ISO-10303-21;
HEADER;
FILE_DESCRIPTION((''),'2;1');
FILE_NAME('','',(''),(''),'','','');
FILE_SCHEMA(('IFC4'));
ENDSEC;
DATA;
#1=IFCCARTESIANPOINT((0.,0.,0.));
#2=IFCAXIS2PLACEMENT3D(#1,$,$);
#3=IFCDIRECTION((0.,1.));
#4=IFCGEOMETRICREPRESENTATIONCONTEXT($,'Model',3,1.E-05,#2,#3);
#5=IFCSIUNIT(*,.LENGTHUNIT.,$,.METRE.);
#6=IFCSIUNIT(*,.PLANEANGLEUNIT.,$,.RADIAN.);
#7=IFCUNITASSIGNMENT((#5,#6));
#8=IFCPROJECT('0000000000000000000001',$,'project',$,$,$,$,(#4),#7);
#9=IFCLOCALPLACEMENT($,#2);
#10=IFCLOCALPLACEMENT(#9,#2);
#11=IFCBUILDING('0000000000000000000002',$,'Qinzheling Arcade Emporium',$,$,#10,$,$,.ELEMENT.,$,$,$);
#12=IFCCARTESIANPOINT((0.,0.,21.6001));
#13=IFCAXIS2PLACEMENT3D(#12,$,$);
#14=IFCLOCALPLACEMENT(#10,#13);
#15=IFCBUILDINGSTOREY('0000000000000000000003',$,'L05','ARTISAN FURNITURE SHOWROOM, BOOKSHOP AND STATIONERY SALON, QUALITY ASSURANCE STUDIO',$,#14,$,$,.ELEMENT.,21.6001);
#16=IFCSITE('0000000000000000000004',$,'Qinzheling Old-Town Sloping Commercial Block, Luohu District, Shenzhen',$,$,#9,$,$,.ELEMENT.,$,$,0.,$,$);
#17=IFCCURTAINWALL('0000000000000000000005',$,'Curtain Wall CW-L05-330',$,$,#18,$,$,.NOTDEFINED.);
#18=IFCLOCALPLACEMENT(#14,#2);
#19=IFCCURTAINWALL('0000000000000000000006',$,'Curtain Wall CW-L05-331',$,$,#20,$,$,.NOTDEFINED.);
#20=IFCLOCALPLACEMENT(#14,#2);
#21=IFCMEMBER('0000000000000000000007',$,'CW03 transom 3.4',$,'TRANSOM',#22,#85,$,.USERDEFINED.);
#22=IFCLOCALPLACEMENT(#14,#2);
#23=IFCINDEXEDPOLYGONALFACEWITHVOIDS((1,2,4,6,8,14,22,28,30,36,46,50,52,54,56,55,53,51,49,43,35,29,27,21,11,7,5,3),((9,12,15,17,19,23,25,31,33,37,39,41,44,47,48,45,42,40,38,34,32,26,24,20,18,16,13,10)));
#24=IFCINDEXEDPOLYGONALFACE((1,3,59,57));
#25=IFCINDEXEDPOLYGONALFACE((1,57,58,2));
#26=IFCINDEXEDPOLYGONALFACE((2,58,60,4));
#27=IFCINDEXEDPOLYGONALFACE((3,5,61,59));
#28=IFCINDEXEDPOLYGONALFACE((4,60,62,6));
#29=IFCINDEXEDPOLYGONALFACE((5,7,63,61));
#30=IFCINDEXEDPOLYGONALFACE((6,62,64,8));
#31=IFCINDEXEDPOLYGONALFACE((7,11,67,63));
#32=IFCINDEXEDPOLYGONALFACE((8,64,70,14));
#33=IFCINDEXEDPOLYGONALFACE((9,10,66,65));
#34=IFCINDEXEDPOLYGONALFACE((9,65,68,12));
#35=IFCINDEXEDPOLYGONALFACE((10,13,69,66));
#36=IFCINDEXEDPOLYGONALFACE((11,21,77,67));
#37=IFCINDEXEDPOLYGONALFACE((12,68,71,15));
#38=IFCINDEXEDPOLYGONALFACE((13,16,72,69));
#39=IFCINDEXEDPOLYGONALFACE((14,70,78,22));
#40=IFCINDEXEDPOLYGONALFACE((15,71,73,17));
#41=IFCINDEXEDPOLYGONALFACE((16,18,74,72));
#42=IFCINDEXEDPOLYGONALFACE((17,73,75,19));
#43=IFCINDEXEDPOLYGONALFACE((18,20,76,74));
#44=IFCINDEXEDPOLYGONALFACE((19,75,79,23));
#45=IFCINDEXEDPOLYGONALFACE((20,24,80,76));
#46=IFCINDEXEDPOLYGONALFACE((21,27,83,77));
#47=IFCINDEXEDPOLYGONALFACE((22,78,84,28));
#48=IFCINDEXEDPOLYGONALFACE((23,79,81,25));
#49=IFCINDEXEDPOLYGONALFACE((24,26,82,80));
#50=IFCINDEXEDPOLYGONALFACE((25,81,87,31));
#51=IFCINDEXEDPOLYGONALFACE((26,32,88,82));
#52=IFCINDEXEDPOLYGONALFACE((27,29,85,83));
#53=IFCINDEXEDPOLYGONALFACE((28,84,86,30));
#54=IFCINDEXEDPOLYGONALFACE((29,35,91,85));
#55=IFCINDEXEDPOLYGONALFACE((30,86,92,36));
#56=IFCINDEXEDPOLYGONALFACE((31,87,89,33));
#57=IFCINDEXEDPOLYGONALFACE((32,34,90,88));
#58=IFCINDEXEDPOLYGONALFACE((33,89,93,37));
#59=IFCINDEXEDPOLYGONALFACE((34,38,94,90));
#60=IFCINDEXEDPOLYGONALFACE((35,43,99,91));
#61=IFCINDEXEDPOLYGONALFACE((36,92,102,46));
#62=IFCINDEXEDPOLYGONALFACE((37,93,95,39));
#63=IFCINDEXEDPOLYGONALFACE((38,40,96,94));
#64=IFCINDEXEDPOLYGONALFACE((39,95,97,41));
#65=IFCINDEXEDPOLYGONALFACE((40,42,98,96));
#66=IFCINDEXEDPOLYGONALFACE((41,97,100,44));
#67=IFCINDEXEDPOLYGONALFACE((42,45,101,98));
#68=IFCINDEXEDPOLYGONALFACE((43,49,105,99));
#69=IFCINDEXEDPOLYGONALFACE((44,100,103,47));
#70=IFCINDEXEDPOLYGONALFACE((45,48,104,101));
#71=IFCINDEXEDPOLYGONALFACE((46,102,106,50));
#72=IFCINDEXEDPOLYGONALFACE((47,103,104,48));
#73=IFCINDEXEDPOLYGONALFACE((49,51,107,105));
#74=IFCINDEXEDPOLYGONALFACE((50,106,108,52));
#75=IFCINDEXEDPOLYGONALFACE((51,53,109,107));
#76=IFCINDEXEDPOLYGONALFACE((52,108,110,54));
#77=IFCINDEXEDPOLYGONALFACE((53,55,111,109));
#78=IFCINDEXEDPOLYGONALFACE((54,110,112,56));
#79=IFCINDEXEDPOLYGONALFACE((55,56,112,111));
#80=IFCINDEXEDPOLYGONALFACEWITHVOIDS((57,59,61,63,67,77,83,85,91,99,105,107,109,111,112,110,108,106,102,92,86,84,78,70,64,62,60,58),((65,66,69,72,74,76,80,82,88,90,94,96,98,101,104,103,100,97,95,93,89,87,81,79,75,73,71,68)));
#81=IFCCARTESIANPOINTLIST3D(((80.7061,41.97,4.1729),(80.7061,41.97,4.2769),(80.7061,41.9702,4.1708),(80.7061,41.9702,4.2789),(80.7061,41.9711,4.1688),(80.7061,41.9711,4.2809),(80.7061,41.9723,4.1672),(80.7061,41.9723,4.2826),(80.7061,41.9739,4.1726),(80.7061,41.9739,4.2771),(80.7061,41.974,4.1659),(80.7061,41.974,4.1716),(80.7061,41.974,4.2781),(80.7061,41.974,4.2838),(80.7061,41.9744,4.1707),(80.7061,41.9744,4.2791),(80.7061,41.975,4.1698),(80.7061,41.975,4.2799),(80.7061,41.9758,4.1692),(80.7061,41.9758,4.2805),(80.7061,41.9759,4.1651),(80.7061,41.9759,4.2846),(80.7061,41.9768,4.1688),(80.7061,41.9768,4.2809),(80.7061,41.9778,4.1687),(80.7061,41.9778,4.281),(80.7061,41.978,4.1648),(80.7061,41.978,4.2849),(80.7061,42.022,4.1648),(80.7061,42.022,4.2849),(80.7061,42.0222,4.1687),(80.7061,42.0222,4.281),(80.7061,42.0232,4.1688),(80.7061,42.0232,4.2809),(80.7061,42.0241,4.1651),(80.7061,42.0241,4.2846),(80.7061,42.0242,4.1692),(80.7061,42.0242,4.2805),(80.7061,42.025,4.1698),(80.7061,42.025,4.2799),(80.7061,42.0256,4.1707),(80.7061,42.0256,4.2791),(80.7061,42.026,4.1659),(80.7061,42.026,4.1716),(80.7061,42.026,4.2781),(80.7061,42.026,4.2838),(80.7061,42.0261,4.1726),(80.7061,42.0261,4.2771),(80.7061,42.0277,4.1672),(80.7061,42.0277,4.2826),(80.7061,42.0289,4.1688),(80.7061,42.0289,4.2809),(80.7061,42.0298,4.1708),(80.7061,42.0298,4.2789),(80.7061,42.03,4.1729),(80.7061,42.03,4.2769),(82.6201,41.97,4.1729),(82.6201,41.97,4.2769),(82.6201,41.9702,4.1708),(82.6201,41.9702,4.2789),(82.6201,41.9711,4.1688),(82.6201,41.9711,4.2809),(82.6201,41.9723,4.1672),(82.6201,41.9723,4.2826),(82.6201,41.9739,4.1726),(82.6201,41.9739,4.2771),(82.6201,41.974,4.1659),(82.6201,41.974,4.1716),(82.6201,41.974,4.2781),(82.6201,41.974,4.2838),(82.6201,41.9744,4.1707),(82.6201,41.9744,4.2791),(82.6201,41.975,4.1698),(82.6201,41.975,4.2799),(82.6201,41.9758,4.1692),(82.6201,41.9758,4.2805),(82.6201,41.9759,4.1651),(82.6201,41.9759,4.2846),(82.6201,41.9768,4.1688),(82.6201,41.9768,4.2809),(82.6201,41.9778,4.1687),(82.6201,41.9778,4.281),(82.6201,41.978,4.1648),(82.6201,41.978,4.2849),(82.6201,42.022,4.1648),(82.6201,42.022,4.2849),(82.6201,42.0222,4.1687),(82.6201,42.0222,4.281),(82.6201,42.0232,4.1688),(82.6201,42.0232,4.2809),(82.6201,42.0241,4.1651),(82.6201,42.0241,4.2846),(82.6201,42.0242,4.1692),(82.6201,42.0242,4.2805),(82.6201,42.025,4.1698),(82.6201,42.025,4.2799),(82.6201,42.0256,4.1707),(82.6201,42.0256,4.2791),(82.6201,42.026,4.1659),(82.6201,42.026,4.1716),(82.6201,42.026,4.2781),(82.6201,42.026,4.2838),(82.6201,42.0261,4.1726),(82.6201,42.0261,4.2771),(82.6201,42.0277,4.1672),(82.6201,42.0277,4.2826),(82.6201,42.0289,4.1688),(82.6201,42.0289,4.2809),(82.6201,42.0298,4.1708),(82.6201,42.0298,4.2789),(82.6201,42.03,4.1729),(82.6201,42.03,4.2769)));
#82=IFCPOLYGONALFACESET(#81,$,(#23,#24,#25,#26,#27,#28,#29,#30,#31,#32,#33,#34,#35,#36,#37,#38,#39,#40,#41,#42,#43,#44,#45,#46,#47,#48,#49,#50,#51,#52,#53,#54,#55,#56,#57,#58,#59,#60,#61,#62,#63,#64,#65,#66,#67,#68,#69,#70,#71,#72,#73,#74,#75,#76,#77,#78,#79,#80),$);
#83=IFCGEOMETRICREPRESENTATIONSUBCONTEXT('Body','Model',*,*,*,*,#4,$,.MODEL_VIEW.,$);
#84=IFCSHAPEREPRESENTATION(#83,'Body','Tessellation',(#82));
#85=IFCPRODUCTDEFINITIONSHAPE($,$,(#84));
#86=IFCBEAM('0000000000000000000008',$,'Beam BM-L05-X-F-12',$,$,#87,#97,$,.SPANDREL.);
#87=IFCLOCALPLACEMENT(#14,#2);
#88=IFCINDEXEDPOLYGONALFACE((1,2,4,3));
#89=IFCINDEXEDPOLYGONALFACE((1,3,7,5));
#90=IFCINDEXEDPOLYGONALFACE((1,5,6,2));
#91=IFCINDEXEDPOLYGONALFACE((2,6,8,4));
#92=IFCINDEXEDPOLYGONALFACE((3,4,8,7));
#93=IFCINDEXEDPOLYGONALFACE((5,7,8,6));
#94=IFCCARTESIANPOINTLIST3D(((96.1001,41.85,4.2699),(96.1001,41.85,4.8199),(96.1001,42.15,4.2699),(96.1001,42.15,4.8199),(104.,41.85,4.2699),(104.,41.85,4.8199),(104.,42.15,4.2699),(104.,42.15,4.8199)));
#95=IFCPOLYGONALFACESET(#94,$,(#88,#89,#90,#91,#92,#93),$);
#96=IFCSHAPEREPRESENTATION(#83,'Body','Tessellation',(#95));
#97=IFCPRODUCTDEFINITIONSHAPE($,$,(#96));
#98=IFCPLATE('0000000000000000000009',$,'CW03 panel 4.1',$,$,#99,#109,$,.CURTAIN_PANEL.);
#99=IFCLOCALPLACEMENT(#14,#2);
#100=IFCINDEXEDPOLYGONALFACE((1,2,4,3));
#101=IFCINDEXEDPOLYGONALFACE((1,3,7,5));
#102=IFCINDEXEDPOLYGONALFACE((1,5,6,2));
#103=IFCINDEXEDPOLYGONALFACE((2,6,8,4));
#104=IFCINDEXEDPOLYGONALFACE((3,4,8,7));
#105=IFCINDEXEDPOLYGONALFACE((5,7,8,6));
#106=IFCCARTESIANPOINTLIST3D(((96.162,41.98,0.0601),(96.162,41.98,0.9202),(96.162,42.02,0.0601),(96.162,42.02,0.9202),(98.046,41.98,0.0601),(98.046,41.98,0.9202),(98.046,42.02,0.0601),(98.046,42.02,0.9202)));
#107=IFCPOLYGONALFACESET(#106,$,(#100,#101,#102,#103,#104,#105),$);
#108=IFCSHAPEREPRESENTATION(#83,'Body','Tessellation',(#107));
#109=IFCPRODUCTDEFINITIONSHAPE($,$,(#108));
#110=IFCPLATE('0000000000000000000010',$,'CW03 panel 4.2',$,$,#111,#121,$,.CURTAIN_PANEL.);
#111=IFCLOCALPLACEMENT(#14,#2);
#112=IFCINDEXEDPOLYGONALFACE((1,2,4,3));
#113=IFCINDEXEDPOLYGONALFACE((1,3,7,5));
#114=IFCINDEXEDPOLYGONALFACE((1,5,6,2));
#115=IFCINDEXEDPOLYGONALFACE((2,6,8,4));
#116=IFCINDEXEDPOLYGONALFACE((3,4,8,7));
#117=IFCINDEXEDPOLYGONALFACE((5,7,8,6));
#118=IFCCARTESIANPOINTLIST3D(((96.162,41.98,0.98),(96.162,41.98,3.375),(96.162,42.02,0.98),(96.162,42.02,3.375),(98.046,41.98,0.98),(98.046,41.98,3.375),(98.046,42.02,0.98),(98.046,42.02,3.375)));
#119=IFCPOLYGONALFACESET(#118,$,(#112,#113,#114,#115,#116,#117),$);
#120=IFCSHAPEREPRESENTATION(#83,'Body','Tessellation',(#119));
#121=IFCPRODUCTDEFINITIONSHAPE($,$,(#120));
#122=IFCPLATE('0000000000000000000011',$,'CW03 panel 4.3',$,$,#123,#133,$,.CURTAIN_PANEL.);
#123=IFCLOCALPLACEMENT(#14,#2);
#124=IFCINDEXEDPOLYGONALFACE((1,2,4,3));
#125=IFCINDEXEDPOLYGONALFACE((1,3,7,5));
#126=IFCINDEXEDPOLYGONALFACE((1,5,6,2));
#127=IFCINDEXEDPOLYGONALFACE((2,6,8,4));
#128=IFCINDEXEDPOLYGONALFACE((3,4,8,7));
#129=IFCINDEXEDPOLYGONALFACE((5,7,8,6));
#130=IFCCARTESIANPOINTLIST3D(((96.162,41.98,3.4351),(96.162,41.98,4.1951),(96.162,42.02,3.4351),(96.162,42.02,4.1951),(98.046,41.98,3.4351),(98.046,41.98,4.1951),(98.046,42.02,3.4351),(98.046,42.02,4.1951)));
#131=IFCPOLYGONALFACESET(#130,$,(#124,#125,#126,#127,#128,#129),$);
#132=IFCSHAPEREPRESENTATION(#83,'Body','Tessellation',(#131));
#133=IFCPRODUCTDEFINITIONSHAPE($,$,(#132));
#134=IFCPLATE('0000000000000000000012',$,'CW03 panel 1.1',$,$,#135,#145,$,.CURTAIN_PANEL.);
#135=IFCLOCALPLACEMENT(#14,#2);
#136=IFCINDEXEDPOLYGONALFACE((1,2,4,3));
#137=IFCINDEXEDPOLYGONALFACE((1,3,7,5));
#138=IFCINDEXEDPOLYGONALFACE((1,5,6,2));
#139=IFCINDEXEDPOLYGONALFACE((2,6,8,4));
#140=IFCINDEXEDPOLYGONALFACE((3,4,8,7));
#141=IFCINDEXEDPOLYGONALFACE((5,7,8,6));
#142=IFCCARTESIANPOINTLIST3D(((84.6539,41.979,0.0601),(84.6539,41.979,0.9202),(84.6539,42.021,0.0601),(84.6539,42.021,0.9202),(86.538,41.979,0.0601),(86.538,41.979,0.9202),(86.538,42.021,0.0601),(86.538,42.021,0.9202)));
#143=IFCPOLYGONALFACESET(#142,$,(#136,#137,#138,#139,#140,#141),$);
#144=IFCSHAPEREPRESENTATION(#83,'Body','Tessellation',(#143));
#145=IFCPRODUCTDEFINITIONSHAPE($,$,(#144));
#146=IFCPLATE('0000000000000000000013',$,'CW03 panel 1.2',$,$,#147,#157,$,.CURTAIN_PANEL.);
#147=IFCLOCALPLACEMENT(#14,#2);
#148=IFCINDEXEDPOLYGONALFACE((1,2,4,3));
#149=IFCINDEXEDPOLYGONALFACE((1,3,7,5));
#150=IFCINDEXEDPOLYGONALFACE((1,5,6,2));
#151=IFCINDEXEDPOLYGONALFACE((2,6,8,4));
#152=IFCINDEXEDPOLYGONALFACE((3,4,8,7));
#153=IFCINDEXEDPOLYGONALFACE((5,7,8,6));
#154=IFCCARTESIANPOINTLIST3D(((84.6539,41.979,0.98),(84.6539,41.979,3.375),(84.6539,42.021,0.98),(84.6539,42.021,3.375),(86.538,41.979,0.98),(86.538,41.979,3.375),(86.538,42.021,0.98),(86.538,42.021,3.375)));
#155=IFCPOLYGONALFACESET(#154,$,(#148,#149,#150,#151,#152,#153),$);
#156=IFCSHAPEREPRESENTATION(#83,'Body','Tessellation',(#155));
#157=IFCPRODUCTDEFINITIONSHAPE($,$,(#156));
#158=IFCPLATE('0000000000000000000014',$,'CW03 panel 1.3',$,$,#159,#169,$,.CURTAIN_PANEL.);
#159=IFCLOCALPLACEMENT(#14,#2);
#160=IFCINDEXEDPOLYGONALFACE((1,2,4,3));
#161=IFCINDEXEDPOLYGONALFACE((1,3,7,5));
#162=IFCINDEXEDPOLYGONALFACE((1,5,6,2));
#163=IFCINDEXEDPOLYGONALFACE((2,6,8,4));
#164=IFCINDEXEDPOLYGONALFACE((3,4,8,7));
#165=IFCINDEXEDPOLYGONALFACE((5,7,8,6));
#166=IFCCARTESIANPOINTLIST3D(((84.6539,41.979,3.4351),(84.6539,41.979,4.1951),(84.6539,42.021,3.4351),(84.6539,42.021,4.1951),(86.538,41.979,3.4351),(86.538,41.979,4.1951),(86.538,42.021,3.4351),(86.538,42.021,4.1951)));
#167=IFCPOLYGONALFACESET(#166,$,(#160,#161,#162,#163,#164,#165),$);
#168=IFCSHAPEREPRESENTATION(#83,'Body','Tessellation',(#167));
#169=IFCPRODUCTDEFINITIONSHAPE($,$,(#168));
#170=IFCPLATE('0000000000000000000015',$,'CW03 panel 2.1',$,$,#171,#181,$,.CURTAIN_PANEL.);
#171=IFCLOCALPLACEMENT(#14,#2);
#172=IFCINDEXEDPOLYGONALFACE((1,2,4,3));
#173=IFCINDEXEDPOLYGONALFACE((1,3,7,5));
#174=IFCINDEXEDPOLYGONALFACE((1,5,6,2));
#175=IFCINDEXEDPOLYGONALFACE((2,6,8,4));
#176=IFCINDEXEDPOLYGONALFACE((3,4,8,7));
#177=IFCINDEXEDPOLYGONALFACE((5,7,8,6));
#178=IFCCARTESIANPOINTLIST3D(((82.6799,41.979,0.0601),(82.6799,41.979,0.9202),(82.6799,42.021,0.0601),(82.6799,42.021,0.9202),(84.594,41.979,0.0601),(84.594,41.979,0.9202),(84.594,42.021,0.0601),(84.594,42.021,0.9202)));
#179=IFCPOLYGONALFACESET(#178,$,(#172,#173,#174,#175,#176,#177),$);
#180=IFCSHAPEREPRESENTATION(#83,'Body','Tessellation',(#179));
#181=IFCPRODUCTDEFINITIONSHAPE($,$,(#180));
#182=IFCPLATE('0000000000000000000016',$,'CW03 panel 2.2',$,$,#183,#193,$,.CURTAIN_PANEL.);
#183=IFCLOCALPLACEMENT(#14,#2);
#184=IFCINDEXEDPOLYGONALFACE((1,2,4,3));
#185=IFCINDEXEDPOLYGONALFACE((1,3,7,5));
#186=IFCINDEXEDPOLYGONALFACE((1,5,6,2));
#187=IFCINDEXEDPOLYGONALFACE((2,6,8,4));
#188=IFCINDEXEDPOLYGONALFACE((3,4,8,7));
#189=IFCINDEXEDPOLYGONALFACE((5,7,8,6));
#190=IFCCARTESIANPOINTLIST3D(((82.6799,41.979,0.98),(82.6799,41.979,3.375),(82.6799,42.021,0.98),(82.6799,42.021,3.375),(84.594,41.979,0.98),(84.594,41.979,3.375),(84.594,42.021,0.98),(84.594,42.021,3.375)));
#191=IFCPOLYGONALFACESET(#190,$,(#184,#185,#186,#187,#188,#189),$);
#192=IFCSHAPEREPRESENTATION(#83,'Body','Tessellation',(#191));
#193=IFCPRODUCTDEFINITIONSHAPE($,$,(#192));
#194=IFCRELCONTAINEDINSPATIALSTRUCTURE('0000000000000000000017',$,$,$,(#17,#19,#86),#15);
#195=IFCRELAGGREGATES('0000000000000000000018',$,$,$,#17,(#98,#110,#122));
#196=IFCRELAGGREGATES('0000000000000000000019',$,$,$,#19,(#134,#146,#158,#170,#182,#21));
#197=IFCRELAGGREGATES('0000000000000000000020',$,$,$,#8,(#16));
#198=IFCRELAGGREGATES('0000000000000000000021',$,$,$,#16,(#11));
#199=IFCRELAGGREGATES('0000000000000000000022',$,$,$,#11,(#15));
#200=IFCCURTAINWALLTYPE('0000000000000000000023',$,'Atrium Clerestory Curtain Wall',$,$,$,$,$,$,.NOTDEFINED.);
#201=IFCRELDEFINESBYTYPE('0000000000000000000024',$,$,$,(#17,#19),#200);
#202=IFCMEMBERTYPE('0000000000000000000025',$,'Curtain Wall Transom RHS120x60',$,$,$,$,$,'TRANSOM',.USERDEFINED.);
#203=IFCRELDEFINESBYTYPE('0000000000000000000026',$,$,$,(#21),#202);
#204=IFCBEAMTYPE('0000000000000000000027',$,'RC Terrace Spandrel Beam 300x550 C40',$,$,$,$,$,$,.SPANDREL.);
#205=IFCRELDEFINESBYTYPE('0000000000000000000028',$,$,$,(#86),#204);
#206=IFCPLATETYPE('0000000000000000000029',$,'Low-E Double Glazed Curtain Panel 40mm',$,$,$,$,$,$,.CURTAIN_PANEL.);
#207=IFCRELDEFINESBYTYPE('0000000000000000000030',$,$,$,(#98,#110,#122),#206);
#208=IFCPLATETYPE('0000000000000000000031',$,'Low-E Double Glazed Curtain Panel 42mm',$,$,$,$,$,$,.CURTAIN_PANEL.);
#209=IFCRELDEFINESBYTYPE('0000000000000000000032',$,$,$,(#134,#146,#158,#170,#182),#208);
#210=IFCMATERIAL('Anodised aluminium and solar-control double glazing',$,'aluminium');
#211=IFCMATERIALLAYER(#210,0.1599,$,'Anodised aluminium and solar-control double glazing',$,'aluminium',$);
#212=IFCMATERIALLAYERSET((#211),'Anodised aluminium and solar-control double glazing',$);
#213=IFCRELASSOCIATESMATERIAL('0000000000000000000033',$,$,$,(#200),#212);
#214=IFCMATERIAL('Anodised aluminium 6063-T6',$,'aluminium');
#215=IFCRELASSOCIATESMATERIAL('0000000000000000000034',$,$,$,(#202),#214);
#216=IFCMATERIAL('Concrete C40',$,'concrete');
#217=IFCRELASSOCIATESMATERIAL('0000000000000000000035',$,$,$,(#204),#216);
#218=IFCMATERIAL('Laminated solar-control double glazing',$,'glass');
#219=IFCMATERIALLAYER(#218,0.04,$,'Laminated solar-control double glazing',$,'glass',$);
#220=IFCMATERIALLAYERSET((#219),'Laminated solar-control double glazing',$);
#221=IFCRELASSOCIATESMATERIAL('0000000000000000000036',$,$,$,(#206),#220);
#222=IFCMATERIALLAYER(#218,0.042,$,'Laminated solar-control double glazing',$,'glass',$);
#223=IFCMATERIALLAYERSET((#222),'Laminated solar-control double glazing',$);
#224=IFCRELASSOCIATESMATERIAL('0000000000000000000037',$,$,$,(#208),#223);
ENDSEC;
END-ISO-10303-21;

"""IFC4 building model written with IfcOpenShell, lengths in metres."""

from ifc_helpers import new_model, si_unit, direction, frame, origin, origin_2d, place, context, subcontext, project, spatial, rectangle, hollow_rectangle, extrude, material, layer, layer_set, material_profile, profile_set, type_object, element, aggregate, save


model = new_model("IFC4")

# Units and contexts
model_context = context("Model", 3, precision=1e-05, world=origin(), true_north=direction((0.0, 1.0)))
body_context = subcontext(model_context, "Body", "Model", "MODEL_VIEW")
ifc_project = project(units=[si_unit("LENGTHUNIT", "METRE"), si_unit("PLANEANGLEUNIT", "RADIAN")], contexts=[model_context])

# Site, building, storey
site_placement = place(None, origin())
site = spatial("IfcSite", under=ifc_project, at=site_placement, Name="Qinzheling Old-Town Sloping Commercial Block, Luohu District, Shenzhen", CompositionType="ELEMENT", RefElevation=0.0)
building_placement = place(site_placement, origin())
building = spatial("IfcBuilding", under=site, at=building_placement, Name="Qinzheling Arcade Emporium", CompositionType="ELEMENT")
storey_placement = place(building_placement, frame((0.0, 0.0, 21.6001)))
storey = spatial("IfcBuildingStorey", under=building, at=storey_placement, Name="L05", Description="ARTISAN FURNITURE SHOWROOM, BOOKSHOP AND STATIONERY SALON, QUALITY ASSURANCE STUDIO", CompositionType="ELEMENT", Elevation=21.6001)

# Shared definitions
ifc_material_1 = material(Name="Concrete C40", Category="concrete")

# Curtain walls
ifc_material_2 = material(Name="Anodised aluminium and solar-control double glazing", Category="aluminium")
ifc_layer_1 = layer(ifc_material_2, 0.1599, Name="Anodised aluminium and solar-control double glazing", Category="aluminium")
ifc_layer_set_1 = layer_set([ifc_layer_1], Name="Anodised aluminium and solar-control double glazing")
curtain_wall_type = type_object("IfcCurtainWallType", Name="Atrium Clerestory Curtain Wall", PredefinedType="NOTDEFINED", material=ifc_layer_set_1)
curtain_wall_1_placement = place(storey_placement, origin())
curtain_wall_1 = element("IfcCurtainWall", 1, at=curtain_wall_1_placement, inside=storey, type_object=curtain_wall_type, Name="Curtain Wall CW-L05-330", PredefinedType="NOTDEFINED")
ifc_material_3 = material(Name="Anodised aluminium 6063-T6", Category="aluminium")
curtain_wall_2_placement = place(storey_placement, origin())
curtain_wall_2 = element("IfcCurtainWall", 2, at=curtain_wall_2_placement, inside=storey, type_object=curtain_wall_type, Name="Curtain Wall CW-L05-331", PredefinedType="NOTDEFINED")

# Member
ifc_material_profile_1 = material_profile(ifc_material_3, hollow_rectangle(XDim=0.0601, YDim=0.1201, WallThickness=0.0039, InnerFilletRadius=0.0039, OuterFilletRadius=0.0081, at=origin_2d()), Name="RHS 120x60x4", Category="aluminium")
ifc_profile_set_1 = profile_set([ifc_material_profile_1], Name="Anodised aluminium 6063-T6")
member_type_1 = type_object("IfcMemberType", Name="Curtain Wall Transom RHS120x60", ElementType="TRANSOM", PredefinedType="USERDEFINED", material=ifc_profile_set_1)
member_1_placement = place(storey_placement, frame((82.6201, 42.0, 4.2249), z_axis=(-1.0, 0.0, 0.0), x_axis=(0.0, -1.0, 0.0)))
member_1 = element("IfcMember", 3, at=member_1_placement, type_object=member_type_1, Name="CW03 transom 3.4", ObjectType="TRANSOM", PredefinedType="USERDEFINED", context=body_context, shape_type="SweptSolid", body=[
    extrude(hollow_rectangle(XDim=0.0601, YDim=0.1201, WallThickness=0.0039, InnerFilletRadius=0.0039, OuterFilletRadius=0.0081, at=origin_2d()), origin(), (0.0, 0.0, 1.0), 1.9141),
])

# Beam
ifc_material_profile_2 = material_profile(ifc_material_1, rectangle(XDim=0.3, YDim=0.55, at=origin_2d()), Name="RC 300x550", Category="concrete")
ifc_profile_set_2 = profile_set([ifc_material_profile_2], Name="Concrete C40")
beam_type = type_object("IfcBeamType", Name="RC Terrace Spandrel Beam 300x550 C40", PredefinedType="SPANDREL", material=ifc_profile_set_2)
beam_placement = place(storey_placement, frame((96.1001, 42.0, 4.5449), z_axis=(1.0, 0.0, 0.0), x_axis=(0.0, 1.0, 0.0)))
element("IfcBeam", 4, at=beam_placement, inside=storey, type_object=beam_type, Name="Beam BM-L05-X-F-12", PredefinedType="SPANDREL", context=body_context, shape_type="SweptSolid", body=[
    extrude(rectangle(XDim=0.3, YDim=0.55, at=origin_2d()), origin(), (0.0, 0.0, 1.0), 7.8999),
])

# Plates
ifc_material_4 = material(Name="Laminated solar-control double glazing", Category="glass")
ifc_layer_2 = layer(ifc_material_4, 0.04, Name="Laminated solar-control double glazing", Category="glass")
ifc_layer_set_2 = layer_set([ifc_layer_2], Name="Laminated solar-control double glazing")
plate_type_1 = type_object("IfcPlateType", Name="Low-E Double Glazed Curtain Panel 40mm", PredefinedType="CURTAIN_PANEL", material=ifc_layer_set_2)
plate_1_placement = place(storey_placement, frame((97.104, 42.0, 0.0601), z_axis=(0.0, 0.0, 1.0), x_axis=(-1.0, 0.0, 0.0)))
plate_1 = element("IfcPlate", 5, at=plate_1_placement, type_object=plate_type_1, Name="CW03 panel 4.1", PredefinedType="CURTAIN_PANEL", context=body_context, shape_type="SweptSolid", body=[
    extrude(rectangle(XDim=1.884, YDim=0.04, at=origin_2d()), origin(), (0.0, 0.0, 1.0), 0.8601),
])
plate_2_placement = place(storey_placement, frame((97.104, 42.0, 0.98), z_axis=(0.0, 0.0, 1.0), x_axis=(-1.0, 0.0, 0.0)))
plate_2 = element("IfcPlate", 6, at=plate_2_placement, type_object=plate_type_1, Name="CW03 panel 4.2", PredefinedType="CURTAIN_PANEL", context=body_context, shape_type="SweptSolid", body=[
    extrude(rectangle(XDim=1.884, YDim=0.04, at=origin_2d()), origin(), (0.0, 0.0, 1.0), 2.395),
])
plate_3_placement = place(storey_placement, frame((97.104, 42.0, 3.4351), z_axis=(0.0, 0.0, 1.0), x_axis=(-1.0, 0.0, 0.0)))
plate_3 = element("IfcPlate", 7, at=plate_3_placement, type_object=plate_type_1, Name="CW03 panel 4.3", PredefinedType="CURTAIN_PANEL", context=body_context, shape_type="SweptSolid", body=[
    extrude(rectangle(XDim=1.884, YDim=0.04, at=origin_2d()), origin(), (0.0, 0.0, 1.0), 0.76),
])
aggregate(curtain_wall_1, [plate_1, plate_2, plate_3])
ifc_layer_3 = layer(ifc_material_4, 0.042, Name="Laminated solar-control double glazing", Category="glass")
ifc_layer_set_3 = layer_set([ifc_layer_3], Name="Laminated solar-control double glazing")
plate_type_2 = type_object("IfcPlateType", Name="Low-E Double Glazed Curtain Panel 42mm", PredefinedType="CURTAIN_PANEL", material=ifc_layer_set_3)
plate_4_placement = place(storey_placement, frame((85.5959, 42.0, 0.0601), z_axis=(0.0, 0.0, 1.0), x_axis=(-1.0, 0.0, 0.0)))
plate_4 = element("IfcPlate", 8, at=plate_4_placement, type_object=plate_type_2, Name="CW03 panel 1.1", PredefinedType="CURTAIN_PANEL", context=body_context, shape_type="SweptSolid", body=[
    extrude(rectangle(XDim=1.884, YDim=0.042, at=origin_2d()), origin(), (0.0, 0.0, 1.0), 0.8601),
])
plate_5_placement = place(storey_placement, frame((85.5959, 42.0, 0.98), z_axis=(0.0, 0.0, 1.0), x_axis=(-1.0, 0.0, 0.0)))
plate_5 = element("IfcPlate", 9, at=plate_5_placement, type_object=plate_type_2, Name="CW03 panel 1.2", PredefinedType="CURTAIN_PANEL", context=body_context, shape_type="SweptSolid", body=[
    extrude(rectangle(XDim=1.884, YDim=0.042, at=origin_2d()), origin(), (0.0, 0.0, 1.0), 2.395),
])
plate_6_placement = place(storey_placement, frame((85.5959, 42.0, 3.4351), z_axis=(0.0, 0.0, 1.0), x_axis=(-1.0, 0.0, 0.0)))
plate_6 = element("IfcPlate", 10, at=plate_6_placement, type_object=plate_type_2, Name="CW03 panel 1.3", PredefinedType="CURTAIN_PANEL", context=body_context, shape_type="SweptSolid", body=[
    extrude(rectangle(XDim=1.884, YDim=0.042, at=origin_2d()), origin(), (0.0, 0.0, 1.0), 0.76),
])
plate_7_placement = place(storey_placement, frame((83.637, 42.0, 0.0601), z_axis=(0.0, 0.0, 1.0), x_axis=(-1.0, 0.0, 0.0)))
plate_7 = element("IfcPlate", 11, at=plate_7_placement, type_object=plate_type_2, Name="CW03 panel 2.1", PredefinedType="CURTAIN_PANEL", context=body_context, shape_type="SweptSolid", body=[
    extrude(rectangle(XDim=1.9141, YDim=0.042, at=origin_2d()), origin(), (0.0, 0.0, 1.0), 0.8601),
])
plate_8_placement = place(storey_placement, frame((83.637, 42.0, 0.98), z_axis=(0.0, 0.0, 1.0), x_axis=(-1.0, 0.0, 0.0)))
plate_8 = element("IfcPlate", 12, at=plate_8_placement, type_object=plate_type_2, Name="CW03 panel 2.2", PredefinedType="CURTAIN_PANEL", context=body_context, shape_type="SweptSolid", body=[
    extrude(rectangle(XDim=1.9141, YDim=0.042, at=origin_2d()), origin(), (0.0, 0.0, 1.0), 2.395),
])
aggregate(curtain_wall_2, [plate_4, plate_5, plate_6, plate_7, plate_8, member_1])

save(model, "model.ifc")
